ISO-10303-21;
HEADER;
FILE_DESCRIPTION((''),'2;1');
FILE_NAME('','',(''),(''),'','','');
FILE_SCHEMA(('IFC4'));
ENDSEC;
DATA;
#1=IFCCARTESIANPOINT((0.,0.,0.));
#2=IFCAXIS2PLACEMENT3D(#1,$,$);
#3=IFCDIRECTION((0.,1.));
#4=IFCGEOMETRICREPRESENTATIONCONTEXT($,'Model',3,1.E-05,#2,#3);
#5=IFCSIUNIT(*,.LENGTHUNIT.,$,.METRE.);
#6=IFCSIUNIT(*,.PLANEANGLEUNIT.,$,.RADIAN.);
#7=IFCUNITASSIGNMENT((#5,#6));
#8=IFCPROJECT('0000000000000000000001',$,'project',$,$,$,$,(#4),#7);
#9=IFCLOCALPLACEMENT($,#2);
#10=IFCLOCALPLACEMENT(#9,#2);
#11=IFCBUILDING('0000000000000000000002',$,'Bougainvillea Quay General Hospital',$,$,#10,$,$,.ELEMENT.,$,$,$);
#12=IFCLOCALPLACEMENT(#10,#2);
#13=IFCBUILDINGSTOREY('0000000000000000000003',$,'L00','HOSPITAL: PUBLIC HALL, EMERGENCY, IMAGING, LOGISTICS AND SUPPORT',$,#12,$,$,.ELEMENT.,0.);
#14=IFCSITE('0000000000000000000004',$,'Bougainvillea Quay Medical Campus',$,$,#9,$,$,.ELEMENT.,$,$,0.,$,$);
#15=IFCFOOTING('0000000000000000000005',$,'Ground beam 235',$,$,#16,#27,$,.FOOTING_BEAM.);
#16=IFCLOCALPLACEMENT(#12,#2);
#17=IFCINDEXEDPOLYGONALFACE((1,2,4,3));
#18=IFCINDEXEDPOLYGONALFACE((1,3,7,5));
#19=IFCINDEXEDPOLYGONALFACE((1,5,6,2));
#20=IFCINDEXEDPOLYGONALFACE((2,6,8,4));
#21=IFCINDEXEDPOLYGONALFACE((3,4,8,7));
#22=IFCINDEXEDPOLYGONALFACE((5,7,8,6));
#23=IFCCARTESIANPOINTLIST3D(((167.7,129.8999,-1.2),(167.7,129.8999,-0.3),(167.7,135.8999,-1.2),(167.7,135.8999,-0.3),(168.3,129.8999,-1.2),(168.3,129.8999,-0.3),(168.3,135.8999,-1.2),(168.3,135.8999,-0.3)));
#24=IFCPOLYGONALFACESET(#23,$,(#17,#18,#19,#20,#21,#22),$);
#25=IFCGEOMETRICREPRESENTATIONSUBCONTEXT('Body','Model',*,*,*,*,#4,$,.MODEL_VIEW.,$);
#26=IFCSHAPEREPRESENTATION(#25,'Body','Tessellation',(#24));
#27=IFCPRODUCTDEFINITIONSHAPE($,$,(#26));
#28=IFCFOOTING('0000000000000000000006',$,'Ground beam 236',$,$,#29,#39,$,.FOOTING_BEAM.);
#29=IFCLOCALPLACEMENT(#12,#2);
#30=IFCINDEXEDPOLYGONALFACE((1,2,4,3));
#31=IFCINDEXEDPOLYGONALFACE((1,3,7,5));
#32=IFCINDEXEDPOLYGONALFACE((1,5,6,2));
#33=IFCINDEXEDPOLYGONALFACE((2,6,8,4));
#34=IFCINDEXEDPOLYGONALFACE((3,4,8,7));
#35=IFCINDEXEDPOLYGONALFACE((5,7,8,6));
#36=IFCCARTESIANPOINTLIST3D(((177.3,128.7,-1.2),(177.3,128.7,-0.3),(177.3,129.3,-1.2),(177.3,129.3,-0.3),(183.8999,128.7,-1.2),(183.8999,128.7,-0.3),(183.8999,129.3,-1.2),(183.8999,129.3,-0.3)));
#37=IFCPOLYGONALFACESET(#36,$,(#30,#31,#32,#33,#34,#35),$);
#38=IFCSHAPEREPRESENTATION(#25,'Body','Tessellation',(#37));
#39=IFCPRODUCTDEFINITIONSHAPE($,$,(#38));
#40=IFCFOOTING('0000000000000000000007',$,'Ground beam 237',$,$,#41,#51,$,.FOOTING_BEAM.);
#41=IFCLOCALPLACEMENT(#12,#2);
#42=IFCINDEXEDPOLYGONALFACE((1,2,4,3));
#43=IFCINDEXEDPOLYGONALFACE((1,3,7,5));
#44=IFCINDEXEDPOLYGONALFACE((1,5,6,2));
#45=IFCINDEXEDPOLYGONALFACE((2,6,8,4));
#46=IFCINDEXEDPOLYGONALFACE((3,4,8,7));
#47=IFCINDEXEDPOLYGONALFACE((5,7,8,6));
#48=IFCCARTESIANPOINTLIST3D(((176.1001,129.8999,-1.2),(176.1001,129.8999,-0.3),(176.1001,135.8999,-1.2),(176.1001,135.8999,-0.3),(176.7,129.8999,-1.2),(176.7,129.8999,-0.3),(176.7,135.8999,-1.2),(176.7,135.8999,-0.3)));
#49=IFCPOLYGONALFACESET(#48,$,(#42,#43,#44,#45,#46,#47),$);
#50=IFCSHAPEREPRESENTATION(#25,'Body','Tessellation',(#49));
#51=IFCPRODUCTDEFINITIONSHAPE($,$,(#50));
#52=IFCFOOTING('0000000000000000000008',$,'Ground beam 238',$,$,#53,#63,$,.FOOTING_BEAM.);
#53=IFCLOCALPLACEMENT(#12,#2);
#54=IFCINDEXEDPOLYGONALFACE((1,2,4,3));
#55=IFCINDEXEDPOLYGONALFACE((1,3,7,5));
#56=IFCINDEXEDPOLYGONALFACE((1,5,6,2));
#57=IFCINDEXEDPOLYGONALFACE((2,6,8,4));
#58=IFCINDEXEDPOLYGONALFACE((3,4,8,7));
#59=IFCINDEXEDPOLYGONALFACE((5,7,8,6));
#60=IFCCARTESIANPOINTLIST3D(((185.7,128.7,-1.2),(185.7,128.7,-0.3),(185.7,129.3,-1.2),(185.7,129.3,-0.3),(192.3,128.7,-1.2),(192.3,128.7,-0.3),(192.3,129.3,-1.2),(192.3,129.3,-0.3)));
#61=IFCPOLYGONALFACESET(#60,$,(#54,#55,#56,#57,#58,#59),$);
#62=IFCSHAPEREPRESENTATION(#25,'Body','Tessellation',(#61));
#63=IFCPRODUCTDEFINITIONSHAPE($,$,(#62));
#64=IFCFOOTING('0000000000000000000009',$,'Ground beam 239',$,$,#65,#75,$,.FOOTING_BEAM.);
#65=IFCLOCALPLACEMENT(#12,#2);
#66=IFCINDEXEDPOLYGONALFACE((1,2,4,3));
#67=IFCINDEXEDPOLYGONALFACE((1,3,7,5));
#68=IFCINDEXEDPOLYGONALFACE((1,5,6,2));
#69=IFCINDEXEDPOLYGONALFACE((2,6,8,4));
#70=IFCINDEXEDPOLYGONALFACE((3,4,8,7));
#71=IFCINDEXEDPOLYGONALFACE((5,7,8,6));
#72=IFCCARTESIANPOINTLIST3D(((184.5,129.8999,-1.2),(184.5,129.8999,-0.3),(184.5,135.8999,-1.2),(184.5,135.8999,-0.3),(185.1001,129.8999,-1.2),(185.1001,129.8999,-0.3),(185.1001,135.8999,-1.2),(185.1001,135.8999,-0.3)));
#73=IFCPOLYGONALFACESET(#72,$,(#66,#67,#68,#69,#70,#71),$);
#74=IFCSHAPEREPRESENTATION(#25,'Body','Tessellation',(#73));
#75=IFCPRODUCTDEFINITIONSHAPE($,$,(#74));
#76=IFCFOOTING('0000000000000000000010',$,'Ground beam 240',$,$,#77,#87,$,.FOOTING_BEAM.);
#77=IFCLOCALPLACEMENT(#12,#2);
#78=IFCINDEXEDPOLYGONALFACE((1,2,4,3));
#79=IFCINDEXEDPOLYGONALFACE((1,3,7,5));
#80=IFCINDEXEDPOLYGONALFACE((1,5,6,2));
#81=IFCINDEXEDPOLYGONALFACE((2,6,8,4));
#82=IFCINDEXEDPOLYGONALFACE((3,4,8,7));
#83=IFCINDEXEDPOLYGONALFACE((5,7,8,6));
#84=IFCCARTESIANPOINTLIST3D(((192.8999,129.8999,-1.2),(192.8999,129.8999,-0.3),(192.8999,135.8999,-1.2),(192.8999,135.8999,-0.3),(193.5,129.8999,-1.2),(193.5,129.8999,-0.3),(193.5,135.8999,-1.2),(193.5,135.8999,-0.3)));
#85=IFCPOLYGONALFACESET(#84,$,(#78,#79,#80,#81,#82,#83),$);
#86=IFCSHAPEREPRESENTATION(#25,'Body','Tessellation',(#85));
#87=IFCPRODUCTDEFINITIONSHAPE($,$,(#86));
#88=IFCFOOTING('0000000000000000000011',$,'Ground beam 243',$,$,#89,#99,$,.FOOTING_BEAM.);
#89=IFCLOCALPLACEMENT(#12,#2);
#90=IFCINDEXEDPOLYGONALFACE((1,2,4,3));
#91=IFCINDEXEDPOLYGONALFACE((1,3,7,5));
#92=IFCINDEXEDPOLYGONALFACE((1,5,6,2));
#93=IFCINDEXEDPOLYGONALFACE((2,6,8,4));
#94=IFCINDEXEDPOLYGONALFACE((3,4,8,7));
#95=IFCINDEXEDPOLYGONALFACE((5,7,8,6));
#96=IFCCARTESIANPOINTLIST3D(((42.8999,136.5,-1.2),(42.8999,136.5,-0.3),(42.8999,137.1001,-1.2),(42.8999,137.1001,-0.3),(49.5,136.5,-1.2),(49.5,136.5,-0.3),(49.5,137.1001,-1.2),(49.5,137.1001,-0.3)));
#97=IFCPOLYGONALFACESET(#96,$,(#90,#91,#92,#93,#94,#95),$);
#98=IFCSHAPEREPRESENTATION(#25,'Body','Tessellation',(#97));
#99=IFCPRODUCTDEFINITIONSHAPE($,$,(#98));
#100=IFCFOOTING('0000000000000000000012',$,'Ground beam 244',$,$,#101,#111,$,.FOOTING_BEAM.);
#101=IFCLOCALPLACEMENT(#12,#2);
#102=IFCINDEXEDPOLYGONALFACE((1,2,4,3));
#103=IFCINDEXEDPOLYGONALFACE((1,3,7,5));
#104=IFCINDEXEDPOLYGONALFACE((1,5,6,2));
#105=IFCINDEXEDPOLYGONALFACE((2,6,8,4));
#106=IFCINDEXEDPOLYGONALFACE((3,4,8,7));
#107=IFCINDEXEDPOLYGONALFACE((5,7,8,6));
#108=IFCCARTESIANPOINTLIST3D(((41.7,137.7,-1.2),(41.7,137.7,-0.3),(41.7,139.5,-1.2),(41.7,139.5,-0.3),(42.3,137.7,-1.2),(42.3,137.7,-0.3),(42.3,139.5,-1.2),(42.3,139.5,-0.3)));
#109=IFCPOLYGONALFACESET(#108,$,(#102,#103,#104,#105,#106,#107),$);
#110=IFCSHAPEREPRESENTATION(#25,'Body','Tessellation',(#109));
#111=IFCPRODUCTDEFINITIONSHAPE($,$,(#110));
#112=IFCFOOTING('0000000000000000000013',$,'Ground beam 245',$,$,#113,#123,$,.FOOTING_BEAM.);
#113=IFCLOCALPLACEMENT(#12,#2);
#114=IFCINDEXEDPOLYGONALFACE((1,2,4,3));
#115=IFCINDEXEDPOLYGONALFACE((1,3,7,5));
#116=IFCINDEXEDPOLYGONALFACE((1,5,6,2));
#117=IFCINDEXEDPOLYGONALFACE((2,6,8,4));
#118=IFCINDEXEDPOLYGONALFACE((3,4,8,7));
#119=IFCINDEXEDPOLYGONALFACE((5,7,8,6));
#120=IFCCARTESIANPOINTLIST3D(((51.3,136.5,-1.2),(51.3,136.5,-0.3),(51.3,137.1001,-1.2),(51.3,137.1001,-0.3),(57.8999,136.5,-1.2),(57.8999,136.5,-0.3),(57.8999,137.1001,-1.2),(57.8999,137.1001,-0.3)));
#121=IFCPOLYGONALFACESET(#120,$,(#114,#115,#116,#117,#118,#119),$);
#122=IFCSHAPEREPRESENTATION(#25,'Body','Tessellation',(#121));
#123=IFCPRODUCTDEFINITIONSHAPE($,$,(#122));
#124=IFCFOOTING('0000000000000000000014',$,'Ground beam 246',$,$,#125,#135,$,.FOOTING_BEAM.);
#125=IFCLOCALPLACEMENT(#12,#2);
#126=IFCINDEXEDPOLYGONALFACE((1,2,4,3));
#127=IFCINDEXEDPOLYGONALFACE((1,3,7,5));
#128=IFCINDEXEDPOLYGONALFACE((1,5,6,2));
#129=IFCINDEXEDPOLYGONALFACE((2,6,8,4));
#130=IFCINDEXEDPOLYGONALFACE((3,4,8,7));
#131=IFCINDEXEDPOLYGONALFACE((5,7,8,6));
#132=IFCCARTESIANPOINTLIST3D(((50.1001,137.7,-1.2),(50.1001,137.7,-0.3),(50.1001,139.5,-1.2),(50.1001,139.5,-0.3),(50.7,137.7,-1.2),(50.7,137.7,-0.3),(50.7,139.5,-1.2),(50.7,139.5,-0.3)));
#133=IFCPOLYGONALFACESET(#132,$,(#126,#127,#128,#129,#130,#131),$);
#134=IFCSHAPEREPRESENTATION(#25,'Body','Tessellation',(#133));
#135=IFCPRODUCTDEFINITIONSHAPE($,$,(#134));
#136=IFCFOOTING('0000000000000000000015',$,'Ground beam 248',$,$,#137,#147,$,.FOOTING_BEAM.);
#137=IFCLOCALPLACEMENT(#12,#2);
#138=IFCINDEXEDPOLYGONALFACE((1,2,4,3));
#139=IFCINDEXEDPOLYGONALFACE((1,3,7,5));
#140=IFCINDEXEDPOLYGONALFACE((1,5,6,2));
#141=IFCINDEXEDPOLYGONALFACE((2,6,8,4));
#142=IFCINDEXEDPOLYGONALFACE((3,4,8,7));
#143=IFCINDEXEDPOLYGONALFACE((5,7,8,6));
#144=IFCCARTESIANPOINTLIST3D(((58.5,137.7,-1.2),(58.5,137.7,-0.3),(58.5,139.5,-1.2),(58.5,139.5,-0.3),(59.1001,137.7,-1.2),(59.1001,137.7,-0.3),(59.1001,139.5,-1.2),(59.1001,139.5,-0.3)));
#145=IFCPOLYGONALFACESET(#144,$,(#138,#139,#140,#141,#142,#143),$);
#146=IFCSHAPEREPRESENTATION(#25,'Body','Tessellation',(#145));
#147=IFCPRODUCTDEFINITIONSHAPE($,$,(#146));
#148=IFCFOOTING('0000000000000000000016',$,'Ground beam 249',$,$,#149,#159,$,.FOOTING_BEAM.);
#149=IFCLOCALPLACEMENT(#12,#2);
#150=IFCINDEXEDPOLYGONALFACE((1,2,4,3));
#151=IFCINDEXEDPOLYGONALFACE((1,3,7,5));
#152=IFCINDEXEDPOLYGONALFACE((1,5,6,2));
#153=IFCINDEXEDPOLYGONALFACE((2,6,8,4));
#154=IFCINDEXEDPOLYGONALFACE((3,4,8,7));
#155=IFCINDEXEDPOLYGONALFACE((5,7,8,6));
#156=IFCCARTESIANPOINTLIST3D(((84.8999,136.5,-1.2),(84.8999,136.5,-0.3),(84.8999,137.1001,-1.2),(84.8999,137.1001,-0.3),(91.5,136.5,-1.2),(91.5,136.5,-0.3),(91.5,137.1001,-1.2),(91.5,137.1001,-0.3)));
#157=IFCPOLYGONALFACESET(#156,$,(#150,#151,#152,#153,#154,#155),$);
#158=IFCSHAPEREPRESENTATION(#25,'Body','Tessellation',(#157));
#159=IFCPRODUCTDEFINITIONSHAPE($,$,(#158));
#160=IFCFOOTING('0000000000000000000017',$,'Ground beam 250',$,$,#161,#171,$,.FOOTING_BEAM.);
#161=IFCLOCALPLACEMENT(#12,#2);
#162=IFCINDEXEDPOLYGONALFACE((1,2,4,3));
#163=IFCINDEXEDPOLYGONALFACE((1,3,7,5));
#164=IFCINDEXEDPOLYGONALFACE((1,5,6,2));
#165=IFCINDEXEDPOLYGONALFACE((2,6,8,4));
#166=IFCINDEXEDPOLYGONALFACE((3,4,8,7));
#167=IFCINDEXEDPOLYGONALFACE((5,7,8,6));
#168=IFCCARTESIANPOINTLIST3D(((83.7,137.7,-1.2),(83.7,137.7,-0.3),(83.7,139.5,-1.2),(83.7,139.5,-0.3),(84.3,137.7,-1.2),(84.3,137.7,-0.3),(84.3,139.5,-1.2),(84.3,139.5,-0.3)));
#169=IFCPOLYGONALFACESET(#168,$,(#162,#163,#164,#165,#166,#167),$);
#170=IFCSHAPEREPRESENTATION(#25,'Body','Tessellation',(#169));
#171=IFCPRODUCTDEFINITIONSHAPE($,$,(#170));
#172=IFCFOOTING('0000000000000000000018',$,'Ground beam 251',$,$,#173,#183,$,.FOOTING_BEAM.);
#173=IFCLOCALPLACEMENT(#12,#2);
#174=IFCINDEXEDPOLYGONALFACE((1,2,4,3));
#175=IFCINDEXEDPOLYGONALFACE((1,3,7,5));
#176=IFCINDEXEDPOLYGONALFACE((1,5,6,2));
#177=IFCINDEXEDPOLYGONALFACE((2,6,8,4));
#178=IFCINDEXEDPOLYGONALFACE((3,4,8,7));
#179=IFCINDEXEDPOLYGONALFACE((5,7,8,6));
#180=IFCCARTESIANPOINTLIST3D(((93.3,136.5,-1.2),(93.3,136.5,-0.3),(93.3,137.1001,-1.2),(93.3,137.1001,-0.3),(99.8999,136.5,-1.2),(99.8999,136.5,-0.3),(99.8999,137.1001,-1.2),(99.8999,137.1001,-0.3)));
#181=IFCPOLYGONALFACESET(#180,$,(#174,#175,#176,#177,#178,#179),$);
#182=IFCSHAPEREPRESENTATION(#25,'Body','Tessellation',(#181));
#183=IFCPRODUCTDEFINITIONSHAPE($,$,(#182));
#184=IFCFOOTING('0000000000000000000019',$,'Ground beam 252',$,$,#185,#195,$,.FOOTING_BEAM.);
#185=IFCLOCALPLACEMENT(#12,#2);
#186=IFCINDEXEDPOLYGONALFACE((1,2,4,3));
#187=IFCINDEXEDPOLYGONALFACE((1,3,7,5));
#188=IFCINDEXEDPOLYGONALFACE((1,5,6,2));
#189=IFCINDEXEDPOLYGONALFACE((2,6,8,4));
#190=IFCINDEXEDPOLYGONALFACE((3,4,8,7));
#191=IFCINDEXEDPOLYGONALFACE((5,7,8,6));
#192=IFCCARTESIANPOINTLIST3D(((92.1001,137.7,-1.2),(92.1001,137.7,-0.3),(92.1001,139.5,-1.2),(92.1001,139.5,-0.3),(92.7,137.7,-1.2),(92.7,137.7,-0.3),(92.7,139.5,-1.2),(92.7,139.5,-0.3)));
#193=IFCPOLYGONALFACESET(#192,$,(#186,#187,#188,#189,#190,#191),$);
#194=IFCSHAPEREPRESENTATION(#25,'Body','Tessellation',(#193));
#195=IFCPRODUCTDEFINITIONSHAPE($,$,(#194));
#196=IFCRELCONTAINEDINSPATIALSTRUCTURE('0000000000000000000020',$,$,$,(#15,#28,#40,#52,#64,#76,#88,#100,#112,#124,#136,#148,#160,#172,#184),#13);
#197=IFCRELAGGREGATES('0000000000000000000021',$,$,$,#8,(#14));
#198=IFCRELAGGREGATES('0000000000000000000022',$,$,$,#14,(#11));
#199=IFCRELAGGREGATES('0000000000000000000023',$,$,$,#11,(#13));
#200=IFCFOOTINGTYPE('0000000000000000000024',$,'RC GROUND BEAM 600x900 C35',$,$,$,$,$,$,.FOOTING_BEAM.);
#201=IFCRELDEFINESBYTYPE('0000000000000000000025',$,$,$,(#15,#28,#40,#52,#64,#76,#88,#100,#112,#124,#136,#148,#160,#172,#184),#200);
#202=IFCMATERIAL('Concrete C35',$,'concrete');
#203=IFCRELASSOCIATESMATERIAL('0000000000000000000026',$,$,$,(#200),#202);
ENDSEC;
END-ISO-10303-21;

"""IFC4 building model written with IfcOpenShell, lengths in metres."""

from ifc_helpers import new_model, si_unit, direction, frame, origin, origin_2d, place, context, subcontext, project, spatial, polyline, rectangle, outline, extrude, material, material_profile, profile_set, type_object, element, save


model = new_model("IFC4")

# Units and contexts
model_context = context("Model", 3, precision=1e-05, world=origin(), true_north=direction((0.0, 1.0)))
body_context = subcontext(model_context, "Body", "Model", "MODEL_VIEW")
ifc_project = project(units=[si_unit("LENGTHUNIT", "METRE"), si_unit("PLANEANGLEUNIT", "RADIAN")], contexts=[model_context])

# Site, building, storey
site_placement = place(None, origin())
site = spatial("IfcSite", under=ifc_project, at=site_placement, Name="Bougainvillea Quay Medical Campus", CompositionType="ELEMENT", RefElevation=0.0)
building_placement = place(site_placement, origin())
building = spatial("IfcBuilding", under=site, at=building_placement, Name="Bougainvillea Quay General Hospital", CompositionType="ELEMENT")
storey_placement = place(building_placement, origin())
storey = spatial("IfcBuildingStorey", under=building, at=storey_placement, Name="L00", Description="HOSPITAL: PUBLIC HALL, EMERGENCY, IMAGING, LOGISTICS AND SUPPORT", CompositionType="ELEMENT", Elevation=0.0)

# Footings
ifc_material = material(Name="Concrete C35", Category="concrete")
ifc_material_profile = material_profile(ifc_material, rectangle(XDim=0.6001, YDim=0.8999, at=origin_2d()))
ifc_profile_set = profile_set([ifc_material_profile], Name="Concrete C35")
footing_type = type_object("IfcFootingType", Name="RC GROUND BEAM 600x900 C35", PredefinedType="FOOTING_BEAM", material=ifc_profile_set)
footing_1_placement = place(storey_placement, frame((0.0, 0.0, -1.2)))
element("IfcFooting", 1, at=footing_1_placement, inside=storey, type_object=footing_type, Name="Ground beam 235", PredefinedType="FOOTING_BEAM", context=body_context, shape_type="SweptSolid", body=[
    extrude(outline(polyline([(167.7, 129.8999), (167.7, 135.8999), (168.3, 135.8999), (168.3, 129.8999), (167.7, 129.8999)])), origin(), (0.0, 0.0, 1.0), 0.8999),
])
footing_2_placement = place(storey_placement, frame((0.0, 0.0, -1.2)))
element("IfcFooting", 2, at=footing_2_placement, inside=storey, type_object=footing_type, Name="Ground beam 236", PredefinedType="FOOTING_BEAM", context=body_context, shape_type="SweptSolid", body=[
    extrude(outline(polyline([(177.3, 129.3), (183.8999, 129.3), (183.8999, 128.7), (177.3, 128.7), (177.3, 129.3)])), origin(), (0.0, 0.0, 1.0), 0.8999),
])
footing_3_placement = place(storey_placement, frame((0.0, 0.0, -1.2)))
element("IfcFooting", 3, at=footing_3_placement, inside=storey, type_object=footing_type, Name="Ground beam 237", PredefinedType="FOOTING_BEAM", context=body_context, shape_type="SweptSolid", body=[
    extrude(outline(polyline([(176.1001, 129.8999), (176.1001, 135.8999), (176.7, 135.8999), (176.7, 129.8999), (176.1001, 129.8999)])), origin(), (0.0, 0.0, 1.0), 0.8999),
])
footing_4_placement = place(storey_placement, frame((0.0, 0.0, -1.2)))
element("IfcFooting", 4, at=footing_4_placement, inside=storey, type_object=footing_type, Name="Ground beam 238", PredefinedType="FOOTING_BEAM", context=body_context, shape_type="SweptSolid", body=[
    extrude(outline(polyline([(185.7, 129.3), (192.3, 129.3), (192.3, 128.7), (185.7, 128.7), (185.7, 129.3)])), origin(), (0.0, 0.0, 1.0), 0.8999),
])
footing_5_placement = place(storey_placement, frame((0.0, 0.0, -1.2)))
element("IfcFooting", 5, at=footing_5_placement, inside=storey, type_object=footing_type, Name="Ground beam 239", PredefinedType="FOOTING_BEAM", context=body_context, shape_type="SweptSolid", body=[
    extrude(outline(polyline([(184.5, 129.8999), (184.5, 135.8999), (185.1001, 135.8999), (185.1001, 129.8999), (184.5, 129.8999)])), origin(), (0.0, 0.0, 1.0), 0.8999),
])
footing_6_placement = place(storey_placement, frame((0.0, 0.0, -1.2)))
element("IfcFooting", 6, at=footing_6_placement, inside=storey, type_object=footing_type, Name="Ground beam 240", PredefinedType="FOOTING_BEAM", context=body_context, shape_type="SweptSolid", body=[
    extrude(outline(polyline([(192.8999, 129.8999), (192.8999, 135.8999), (193.5, 135.8999), (193.5, 129.8999), (192.8999, 129.8999)])), origin(), (0.0, 0.0, 1.0), 0.8999),
])
footing_7_placement = place(storey_placement, frame((0.0, 0.0, -1.2)))
element("IfcFooting", 7, at=footing_7_placement, inside=storey, type_object=footing_type, Name="Ground beam 243", PredefinedType="FOOTING_BEAM", context=body_context, shape_type="SweptSolid", body=[
    extrude(outline(polyline([(42.8999, 137.1001), (49.5, 137.1001), (49.5, 136.5), (42.8999, 136.5), (42.8999, 137.1001)])), origin(), (0.0, 0.0, 1.0), 0.8999),
])
footing_8_placement = place(storey_placement, frame((0.0, 0.0, -1.2)))
element("IfcFooting", 8, at=footing_8_placement, inside=storey, type_object=footing_type, Name="Ground beam 244", PredefinedType="FOOTING_BEAM", context=body_context, shape_type="SweptSolid", body=[
    extrude(outline(polyline([(41.7, 137.7), (41.7, 139.5), (42.3, 139.5), (42.3, 137.7), (41.7, 137.7)])), origin(), (0.0, 0.0, 1.0), 0.8999),
])
footing_9_placement = place(storey_placement, frame((0.0, 0.0, -1.2)))
element("IfcFooting", 9, at=footing_9_placement, inside=storey, type_object=footing_type, Name="Ground beam 245", PredefinedType="FOOTING_BEAM", context=body_context, shape_type="SweptSolid", body=[
    extrude(outline(polyline([(51.3, 137.1001), (57.8999, 137.1001), (57.8999, 136.5), (51.3, 136.5), (51.3, 137.1001)])), origin(), (0.0, 0.0, 1.0), 0.8999),
])
footing_10_placement = place(storey_placement, frame((0.0, 0.0, -1.2)))
element("IfcFooting", 10, at=footing_10_placement, inside=storey, type_object=footing_type, Name="Ground beam 246", PredefinedType="FOOTING_BEAM", context=body_context, shape_type="SweptSolid", body=[
    extrude(outline(polyline([(50.1001, 137.7), (50.1001, 139.5), (50.7, 139.5), (50.7, 137.7), (50.1001, 137.7)])), origin(), (0.0, 0.0, 1.0), 0.8999),
])
footing_11_placement = place(storey_placement, frame((0.0, 0.0, -1.2)))
element("IfcFooting", 11, at=footing_11_placement, inside=storey, type_object=footing_type, Name="Ground beam 248", PredefinedType="FOOTING_BEAM", context=body_context, shape_type="SweptSolid", body=[
    extrude(outline(polyline([(58.5, 137.7), (58.5, 139.5), (59.1001, 139.5), (59.1001, 137.7), (58.5, 137.7)])), origin(), (0.0, 0.0, 1.0), 0.8999),
])
footing_12_placement = place(storey_placement, frame((0.0, 0.0, -1.2)))
element("IfcFooting", 12, at=footing_12_placement, inside=storey, type_object=footing_type, Name="Ground beam 249", PredefinedType="FOOTING_BEAM", context=body_context, shape_type="SweptSolid", body=[
    extrude(outline(polyline([(84.8999, 137.1001), (91.5, 137.1001), (91.5, 136.5), (84.8999, 136.5), (84.8999, 137.1001)])), origin(), (0.0, 0.0, 1.0), 0.8999),
])
footing_13_placement = place(storey_placement, frame((0.0, 0.0, -1.2)))
element("IfcFooting", 13, at=footing_13_placement, inside=storey, type_object=footing_type, Name="Ground beam 250", PredefinedType="FOOTING_BEAM", context=body_context, shape_type="SweptSolid", body=[
    extrude(outline(polyline([(83.7, 137.7), (83.7, 139.5), (84.3, 139.5), (84.3, 137.7), (83.7, 137.7)])), origin(), (0.0, 0.0, 1.0), 0.8999),
])
footing_14_placement = place(storey_placement, frame((0.0, 0.0, -1.2)))
element("IfcFooting", 14, at=footing_14_placement, inside=storey, type_object=footing_type, Name="Ground beam 251", PredefinedType="FOOTING_BEAM", context=body_context, shape_type="SweptSolid", body=[
    extrude(outline(polyline([(93.3, 137.1001), (99.8999, 137.1001), (99.8999, 136.5), (93.3, 136.5), (93.3, 137.1001)])), origin(), (0.0, 0.0, 1.0), 0.8999),
])
footing_15_placement = place(storey_placement, frame((0.0, 0.0, -1.2)))
element("IfcFooting", 15, at=footing_15_placement, inside=storey, type_object=footing_type, Name="Ground beam 252", PredefinedType="FOOTING_BEAM", context=body_context, shape_type="SweptSolid", body=[
    extrude(outline(polyline([(92.1001, 137.7), (92.1001, 139.5), (92.7, 139.5), (92.7, 137.7), (92.1001, 137.7)])), origin(), (0.0, 0.0, 1.0), 0.8999),
])

save(model, "model.ifc")
